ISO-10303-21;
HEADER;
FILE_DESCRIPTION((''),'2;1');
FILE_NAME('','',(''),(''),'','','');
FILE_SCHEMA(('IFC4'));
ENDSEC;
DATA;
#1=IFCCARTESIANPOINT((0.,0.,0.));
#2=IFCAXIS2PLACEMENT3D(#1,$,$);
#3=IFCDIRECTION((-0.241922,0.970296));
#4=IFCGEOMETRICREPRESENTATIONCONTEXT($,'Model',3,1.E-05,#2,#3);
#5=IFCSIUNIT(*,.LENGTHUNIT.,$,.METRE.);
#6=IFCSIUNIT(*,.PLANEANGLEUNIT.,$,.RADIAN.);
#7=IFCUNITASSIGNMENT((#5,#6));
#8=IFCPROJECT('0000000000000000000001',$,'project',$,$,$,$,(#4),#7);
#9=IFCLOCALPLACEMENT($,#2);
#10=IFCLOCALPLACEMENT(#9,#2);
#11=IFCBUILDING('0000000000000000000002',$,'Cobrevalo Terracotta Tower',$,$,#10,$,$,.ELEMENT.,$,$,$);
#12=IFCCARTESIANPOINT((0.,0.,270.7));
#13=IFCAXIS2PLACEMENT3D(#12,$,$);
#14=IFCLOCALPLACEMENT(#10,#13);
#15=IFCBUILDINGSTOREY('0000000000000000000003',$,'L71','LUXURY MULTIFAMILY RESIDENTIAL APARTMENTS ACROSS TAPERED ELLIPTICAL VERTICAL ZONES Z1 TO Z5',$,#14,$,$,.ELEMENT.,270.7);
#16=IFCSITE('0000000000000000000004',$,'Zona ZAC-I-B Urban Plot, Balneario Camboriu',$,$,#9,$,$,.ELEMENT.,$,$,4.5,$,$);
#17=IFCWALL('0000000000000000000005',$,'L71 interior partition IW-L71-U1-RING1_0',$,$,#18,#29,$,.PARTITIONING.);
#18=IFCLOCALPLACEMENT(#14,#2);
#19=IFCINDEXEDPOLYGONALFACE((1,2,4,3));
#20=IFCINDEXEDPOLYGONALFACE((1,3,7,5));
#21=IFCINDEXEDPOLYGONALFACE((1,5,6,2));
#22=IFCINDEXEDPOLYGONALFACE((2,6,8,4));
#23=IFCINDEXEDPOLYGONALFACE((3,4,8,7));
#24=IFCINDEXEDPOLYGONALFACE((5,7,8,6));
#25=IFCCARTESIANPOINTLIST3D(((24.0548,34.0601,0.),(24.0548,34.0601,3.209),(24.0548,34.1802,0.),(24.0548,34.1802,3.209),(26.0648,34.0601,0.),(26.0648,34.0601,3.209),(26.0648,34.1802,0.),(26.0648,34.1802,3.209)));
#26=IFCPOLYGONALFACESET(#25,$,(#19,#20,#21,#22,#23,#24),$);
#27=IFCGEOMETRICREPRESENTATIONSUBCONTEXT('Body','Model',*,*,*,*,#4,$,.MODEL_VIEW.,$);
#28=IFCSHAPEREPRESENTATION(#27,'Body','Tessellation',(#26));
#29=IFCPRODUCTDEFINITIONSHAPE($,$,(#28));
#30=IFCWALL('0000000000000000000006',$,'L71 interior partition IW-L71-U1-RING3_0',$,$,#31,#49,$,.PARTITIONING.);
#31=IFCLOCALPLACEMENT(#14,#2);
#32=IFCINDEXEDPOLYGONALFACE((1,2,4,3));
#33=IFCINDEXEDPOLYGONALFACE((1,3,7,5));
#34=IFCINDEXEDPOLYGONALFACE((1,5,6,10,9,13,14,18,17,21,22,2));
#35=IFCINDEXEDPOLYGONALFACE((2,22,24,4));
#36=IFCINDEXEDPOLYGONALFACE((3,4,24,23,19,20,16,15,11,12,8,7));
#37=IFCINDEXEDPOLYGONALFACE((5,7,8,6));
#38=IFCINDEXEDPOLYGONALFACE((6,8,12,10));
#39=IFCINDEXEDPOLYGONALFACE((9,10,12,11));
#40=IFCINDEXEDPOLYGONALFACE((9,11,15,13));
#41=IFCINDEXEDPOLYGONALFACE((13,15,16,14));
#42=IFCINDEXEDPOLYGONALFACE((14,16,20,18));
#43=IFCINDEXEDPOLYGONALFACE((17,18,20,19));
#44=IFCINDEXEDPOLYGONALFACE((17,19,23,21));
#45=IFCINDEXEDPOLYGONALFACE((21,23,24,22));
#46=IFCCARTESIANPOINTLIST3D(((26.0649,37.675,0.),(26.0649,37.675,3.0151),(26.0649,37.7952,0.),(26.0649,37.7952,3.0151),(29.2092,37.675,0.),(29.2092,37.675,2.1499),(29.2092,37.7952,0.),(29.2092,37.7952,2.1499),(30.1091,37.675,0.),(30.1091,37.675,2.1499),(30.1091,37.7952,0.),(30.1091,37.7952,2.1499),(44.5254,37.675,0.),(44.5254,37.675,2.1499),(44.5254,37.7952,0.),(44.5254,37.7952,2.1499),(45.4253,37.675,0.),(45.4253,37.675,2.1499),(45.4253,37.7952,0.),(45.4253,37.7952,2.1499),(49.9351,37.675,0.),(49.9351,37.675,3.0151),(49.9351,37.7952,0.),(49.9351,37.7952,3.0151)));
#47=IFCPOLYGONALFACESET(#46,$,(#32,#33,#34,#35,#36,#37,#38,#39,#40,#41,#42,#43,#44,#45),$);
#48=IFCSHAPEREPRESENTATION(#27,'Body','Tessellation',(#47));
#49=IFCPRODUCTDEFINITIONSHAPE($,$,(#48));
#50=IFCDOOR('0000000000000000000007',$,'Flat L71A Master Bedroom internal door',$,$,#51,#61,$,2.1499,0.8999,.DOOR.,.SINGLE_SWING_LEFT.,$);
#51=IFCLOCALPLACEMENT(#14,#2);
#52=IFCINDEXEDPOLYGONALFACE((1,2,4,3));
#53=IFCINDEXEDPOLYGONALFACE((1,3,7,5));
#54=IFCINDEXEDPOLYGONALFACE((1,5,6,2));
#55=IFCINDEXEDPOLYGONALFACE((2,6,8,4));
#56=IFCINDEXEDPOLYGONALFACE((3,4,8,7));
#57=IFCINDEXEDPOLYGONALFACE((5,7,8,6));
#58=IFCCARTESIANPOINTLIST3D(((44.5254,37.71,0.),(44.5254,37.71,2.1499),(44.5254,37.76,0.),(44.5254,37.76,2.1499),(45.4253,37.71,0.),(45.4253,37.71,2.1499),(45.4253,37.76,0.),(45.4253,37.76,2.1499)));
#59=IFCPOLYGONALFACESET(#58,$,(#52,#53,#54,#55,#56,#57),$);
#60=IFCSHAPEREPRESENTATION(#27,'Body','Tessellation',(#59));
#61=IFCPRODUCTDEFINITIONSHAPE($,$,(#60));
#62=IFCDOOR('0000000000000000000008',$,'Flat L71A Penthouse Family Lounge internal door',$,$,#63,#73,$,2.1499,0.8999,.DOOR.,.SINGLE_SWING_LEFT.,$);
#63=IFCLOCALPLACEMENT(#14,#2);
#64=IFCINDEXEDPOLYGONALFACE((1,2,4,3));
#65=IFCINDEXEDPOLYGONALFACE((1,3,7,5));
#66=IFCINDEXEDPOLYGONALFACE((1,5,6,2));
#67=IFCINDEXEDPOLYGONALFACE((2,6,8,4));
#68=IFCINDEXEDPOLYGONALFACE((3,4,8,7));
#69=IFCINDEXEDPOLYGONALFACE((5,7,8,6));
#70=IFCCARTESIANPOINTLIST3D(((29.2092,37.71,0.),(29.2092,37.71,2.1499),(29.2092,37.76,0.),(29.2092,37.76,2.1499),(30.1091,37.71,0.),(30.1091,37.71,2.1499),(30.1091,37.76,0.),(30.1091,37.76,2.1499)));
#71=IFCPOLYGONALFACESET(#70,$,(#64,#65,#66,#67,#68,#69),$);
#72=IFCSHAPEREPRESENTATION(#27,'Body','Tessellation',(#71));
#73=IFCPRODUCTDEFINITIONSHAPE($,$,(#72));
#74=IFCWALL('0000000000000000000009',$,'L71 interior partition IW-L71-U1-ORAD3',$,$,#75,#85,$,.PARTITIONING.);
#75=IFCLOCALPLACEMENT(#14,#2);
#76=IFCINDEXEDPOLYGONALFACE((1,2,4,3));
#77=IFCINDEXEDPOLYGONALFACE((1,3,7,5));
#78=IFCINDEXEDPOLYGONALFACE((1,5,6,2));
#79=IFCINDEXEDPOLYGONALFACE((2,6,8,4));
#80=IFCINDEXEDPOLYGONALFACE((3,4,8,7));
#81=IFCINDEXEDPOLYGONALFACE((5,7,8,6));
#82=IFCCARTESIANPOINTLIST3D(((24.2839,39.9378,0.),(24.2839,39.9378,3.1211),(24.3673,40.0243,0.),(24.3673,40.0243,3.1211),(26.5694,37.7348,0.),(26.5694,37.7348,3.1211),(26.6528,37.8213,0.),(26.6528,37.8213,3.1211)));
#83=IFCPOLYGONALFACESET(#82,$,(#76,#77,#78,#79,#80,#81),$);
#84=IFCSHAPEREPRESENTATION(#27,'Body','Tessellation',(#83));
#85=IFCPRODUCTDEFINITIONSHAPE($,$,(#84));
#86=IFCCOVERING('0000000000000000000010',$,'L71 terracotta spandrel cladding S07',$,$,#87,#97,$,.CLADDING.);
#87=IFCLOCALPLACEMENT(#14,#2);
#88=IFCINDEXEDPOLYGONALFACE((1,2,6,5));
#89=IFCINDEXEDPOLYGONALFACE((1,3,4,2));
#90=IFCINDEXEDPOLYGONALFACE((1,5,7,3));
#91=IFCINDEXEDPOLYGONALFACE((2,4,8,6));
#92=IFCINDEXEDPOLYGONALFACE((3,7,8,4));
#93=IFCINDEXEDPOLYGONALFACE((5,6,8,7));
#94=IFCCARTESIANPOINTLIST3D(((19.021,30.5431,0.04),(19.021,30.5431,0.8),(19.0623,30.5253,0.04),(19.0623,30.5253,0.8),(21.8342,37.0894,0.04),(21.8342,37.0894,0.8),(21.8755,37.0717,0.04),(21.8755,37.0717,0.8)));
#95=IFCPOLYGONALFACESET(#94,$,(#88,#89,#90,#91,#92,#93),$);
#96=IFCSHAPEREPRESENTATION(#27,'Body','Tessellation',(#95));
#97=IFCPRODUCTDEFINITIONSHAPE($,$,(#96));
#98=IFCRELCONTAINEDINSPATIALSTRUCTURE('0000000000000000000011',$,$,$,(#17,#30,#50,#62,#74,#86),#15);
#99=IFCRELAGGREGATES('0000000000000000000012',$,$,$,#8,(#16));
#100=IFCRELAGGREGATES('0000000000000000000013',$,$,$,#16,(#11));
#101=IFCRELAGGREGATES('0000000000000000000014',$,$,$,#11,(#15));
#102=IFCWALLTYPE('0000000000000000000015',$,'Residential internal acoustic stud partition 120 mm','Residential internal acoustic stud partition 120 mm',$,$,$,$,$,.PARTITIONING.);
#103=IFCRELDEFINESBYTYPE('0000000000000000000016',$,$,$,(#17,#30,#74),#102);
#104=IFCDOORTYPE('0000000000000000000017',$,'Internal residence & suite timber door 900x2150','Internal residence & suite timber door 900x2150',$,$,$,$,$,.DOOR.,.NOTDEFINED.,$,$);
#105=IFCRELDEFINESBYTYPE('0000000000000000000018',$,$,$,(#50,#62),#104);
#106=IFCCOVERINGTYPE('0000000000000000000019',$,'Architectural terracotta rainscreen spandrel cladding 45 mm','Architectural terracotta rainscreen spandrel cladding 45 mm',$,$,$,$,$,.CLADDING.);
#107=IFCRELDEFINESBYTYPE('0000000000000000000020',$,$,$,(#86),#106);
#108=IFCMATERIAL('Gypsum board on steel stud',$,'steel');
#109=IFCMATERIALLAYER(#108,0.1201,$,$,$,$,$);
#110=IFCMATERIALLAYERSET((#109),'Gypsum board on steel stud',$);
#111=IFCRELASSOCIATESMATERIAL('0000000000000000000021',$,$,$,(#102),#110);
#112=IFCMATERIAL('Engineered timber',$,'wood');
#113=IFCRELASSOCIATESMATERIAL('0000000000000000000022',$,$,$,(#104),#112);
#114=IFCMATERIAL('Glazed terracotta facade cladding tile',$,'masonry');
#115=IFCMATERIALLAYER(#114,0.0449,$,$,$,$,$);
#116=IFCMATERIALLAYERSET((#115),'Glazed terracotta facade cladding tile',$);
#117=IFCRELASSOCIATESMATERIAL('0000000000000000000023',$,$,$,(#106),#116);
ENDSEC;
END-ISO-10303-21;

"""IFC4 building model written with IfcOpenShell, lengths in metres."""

from ifc_helpers import new_model, si_unit, direction, frame, frame_2d, origin, origin_2d, place, context, subcontext, project, spatial, rectangle, extrude, source, transform, mapped, material, layer, layer_set, type_object, element, fill, save


model = new_model("IFC4")

# Units and contexts
model_context = context("Model", 3, precision=1e-05, world=origin(), true_north=direction((-0.241922, 0.970296)))
body_context = subcontext(model_context, "Body", "Model", "MODEL_VIEW")
ifc_project = project(units=[si_unit("LENGTHUNIT", "METRE"), si_unit("PLANEANGLEUNIT", "RADIAN")], contexts=[model_context])

# Site, building, storey
site_placement = place(None, origin())
site = spatial("IfcSite", under=ifc_project, at=site_placement, Name="Zona ZAC-I-B Urban Plot, Balneario Camboriu", CompositionType="ELEMENT", RefElevation=4.5)
building_placement = place(site_placement, origin())
building = spatial("IfcBuilding", under=site, at=building_placement, Name="Cobrevalo Terracotta Tower", CompositionType="ELEMENT")
storey_placement = place(building_placement, frame((0.0, 0.0, 270.7)))
storey = spatial("IfcBuildingStorey", under=building, at=storey_placement, Name="L71", Description="LUXURY MULTIFAMILY RESIDENTIAL APARTMENTS ACROSS TAPERED ELLIPTICAL VERTICAL ZONES Z1 TO Z5", CompositionType="ELEMENT", Elevation=270.7)

# Wall
ifc_material_1 = material(Name="Gypsum board on steel stud", Category="steel")
ifc_layer_1 = layer(ifc_material_1, 0.1201)
ifc_layer_set_1 = layer_set([ifc_layer_1], Name="Gypsum board on steel stud")
wall_type_1 = type_object("IfcWallType", Name="Residential internal acoustic stud partition 120 mm", Description="Residential internal acoustic stud partition 120 mm", PredefinedType="PARTITIONING", material=ifc_layer_set_1)
wall_1_placement = place(storey_placement, frame((24.0549, 34.1201, 0.0), z_axis=(0.0, 0.0, 1.0), x_axis=(1.0, 0.0, 0.0)))
element("IfcWall", 1, at=wall_1_placement, inside=storey, type_object=wall_type_1, Name="L71 interior partition IW-L71-U1-RING1_0", PredefinedType="PARTITIONING", context=body_context, shape_type="SweptSolid", body=[
    extrude(rectangle(XDim=2.01, YDim=0.1201, at=frame_2d((1.0049, 0.0))), origin(), (0.0, 0.0, 1.0), 3.209),
])

# Shared definitions
ifc_material_2 = material(Name="Engineered timber", Category="wood")
door_type = type_object("IfcDoorType", Name="Internal residence & suite timber door 900x2150", Description="Internal residence & suite timber door 900x2150", OperationType="NOTDEFINED", PredefinedType="DOOR", material=ifc_material_2)
shared_shape_1 = source(origin(), body_context, "Body", "SweptSolid", [
    extrude(rectangle(XDim=0.8999, YDim=2.1499, at=frame_2d((0.45, 1.075))), frame((0.0, 0.0249, 0.0), z_axis=(0.0, -1.0, 0.0), x_axis=(1.0, 0.0, 0.0)), (0.0, 0.0, 1.0), 0.05),
])

# Wall, openings, doors
wall_2_placement = place(storey_placement, frame((26.0649, 37.7351, 0.0), z_axis=(0.0, 0.0, 1.0), x_axis=(1.0, 0.0, 0.0)))
wall_2 = element("IfcWall", 2, at=wall_2_placement, inside=storey, type_object=wall_type_1, Name="L71 interior partition IW-L71-U1-RING3_0", PredefinedType="PARTITIONING", context=body_context, shape_type="SweptSolid", body=[
    extrude(rectangle(XDim=23.8701, YDim=0.1201, at=frame_2d((11.9351, 0.0))), origin(), (0.0, 0.0, 1.0), 3.0151),
])
opening_1_placement = place(wall_2_placement, frame((18.4604, 0.0, 0.0)))
opening_1 = element("IfcOpeningElement", 3, at=opening_1_placement, cuts=wall_2, PredefinedType="OPENING", context=body_context, shape_type="SweptSolid", body=[
    extrude(rectangle(XDim=0.8999, YDim=2.1499, at=frame_2d((0.45, 1.075))), frame((0.0, 0.0701, 0.0), z_axis=(0.0, -1.0, 0.0), x_axis=(1.0, 0.0, 0.0)), (0.0, 0.0, 1.0), 0.1401),
])
opening_2_placement = place(wall_2_placement, frame((3.1443, 0.0, 0.0)))
opening_2 = element("IfcOpeningElement", 4, at=opening_2_placement, cuts=wall_2, PredefinedType="OPENING", context=body_context, shape_type="SweptSolid", body=[
    extrude(rectangle(XDim=0.8999, YDim=2.1499, at=frame_2d((0.45, 1.075))), frame((0.0, 0.0701, 0.0), z_axis=(0.0, -1.0, 0.0), x_axis=(1.0, 0.0, 0.0)), (0.0, 0.0, 1.0), 0.1401),
])
door_1_placement = place(opening_1_placement, origin())
door_1 = element("IfcDoor", 5, at=door_1_placement, inside=storey, type_object=door_type, Name="Flat L71A Master Bedroom internal door", OperationType="SINGLE_SWING_LEFT", OverallHeight=2.1499, OverallWidth=0.8999, PredefinedType="DOOR", context=body_context, shape_type="MappedRepresentation", body=[
    mapped(shared_shape_1, transform((0.0, 0.0, 0.0), scale=1.0)),
])
fill(opening_1, door_1)
door_2_placement = place(opening_2_placement, origin())
door_2 = element("IfcDoor", 6, at=door_2_placement, inside=storey, type_object=door_type, Name="Flat L71A Penthouse Family Lounge internal door", OperationType="SINGLE_SWING_LEFT", OverallHeight=2.1499, OverallWidth=0.8999, PredefinedType="DOOR", context=body_context, shape_type="MappedRepresentation", body=[
    mapped(shared_shape_1, transform((0.0, 0.0, 0.0), scale=1.0)),
])
fill(opening_2, door_2)

# Wall
wall_3_placement = place(storey_placement, frame((26.6111, 37.7781, 0.0), z_axis=(0.0, 0.0, 1.0), x_axis=(-0.719986, 0.693989, 0.0)))
element("IfcWall", 7, at=wall_3_placement, inside=storey, type_object=wall_type_1, Name="L71 interior partition IW-L71-U1-ORAD3", PredefinedType="PARTITIONING", context=body_context, shape_type="SweptSolid", body=[
    extrude(rectangle(XDim=3.1743, YDim=0.1201, at=frame_2d((1.5872, 0.0))), origin(), (0.0, 0.0, 1.0), 3.1211),
])

# Covering
ifc_material_3 = material(Name="Glazed terracotta facade cladding tile", Category="masonry")
ifc_layer_2 = layer(ifc_material_3, 0.0449)
ifc_layer_set_2 = layer_set([ifc_layer_2], Name="Glazed terracotta facade cladding tile")
covering_type = type_object("IfcCoveringType", Name="Architectural terracotta rainscreen spandrel cladding 45 mm", Description="Architectural terracotta rainscreen spandrel cladding 45 mm", PredefinedType="CLADDING", material=ifc_layer_set_2)
shared_shape_2 = source(origin(), body_context, "Body", "SweptSolid", [
    extrude(rectangle(XDim=7.1252, YDim=0.0449, at=origin_2d()), origin(), (0.0, 0.0, 1.0), 0.76),
])
covering_placement = place(storey_placement, frame((20.4482, 33.8074, 0.04), z_axis=(0.0, 0.0, 1.0), x_axis=(-0.394829, -0.918755, 0.0)))
element("IfcCovering", 8, at=covering_placement, inside=storey, type_object=covering_type, Name="L71 terracotta spandrel cladding S07", PredefinedType="CLADDING", context=body_context, shape_type="MappedRepresentation", body=[
    mapped(shared_shape_2, transform((0.0, 0.0, 0.0), scale=1.0)),
])

save(model, "model.ifc")
